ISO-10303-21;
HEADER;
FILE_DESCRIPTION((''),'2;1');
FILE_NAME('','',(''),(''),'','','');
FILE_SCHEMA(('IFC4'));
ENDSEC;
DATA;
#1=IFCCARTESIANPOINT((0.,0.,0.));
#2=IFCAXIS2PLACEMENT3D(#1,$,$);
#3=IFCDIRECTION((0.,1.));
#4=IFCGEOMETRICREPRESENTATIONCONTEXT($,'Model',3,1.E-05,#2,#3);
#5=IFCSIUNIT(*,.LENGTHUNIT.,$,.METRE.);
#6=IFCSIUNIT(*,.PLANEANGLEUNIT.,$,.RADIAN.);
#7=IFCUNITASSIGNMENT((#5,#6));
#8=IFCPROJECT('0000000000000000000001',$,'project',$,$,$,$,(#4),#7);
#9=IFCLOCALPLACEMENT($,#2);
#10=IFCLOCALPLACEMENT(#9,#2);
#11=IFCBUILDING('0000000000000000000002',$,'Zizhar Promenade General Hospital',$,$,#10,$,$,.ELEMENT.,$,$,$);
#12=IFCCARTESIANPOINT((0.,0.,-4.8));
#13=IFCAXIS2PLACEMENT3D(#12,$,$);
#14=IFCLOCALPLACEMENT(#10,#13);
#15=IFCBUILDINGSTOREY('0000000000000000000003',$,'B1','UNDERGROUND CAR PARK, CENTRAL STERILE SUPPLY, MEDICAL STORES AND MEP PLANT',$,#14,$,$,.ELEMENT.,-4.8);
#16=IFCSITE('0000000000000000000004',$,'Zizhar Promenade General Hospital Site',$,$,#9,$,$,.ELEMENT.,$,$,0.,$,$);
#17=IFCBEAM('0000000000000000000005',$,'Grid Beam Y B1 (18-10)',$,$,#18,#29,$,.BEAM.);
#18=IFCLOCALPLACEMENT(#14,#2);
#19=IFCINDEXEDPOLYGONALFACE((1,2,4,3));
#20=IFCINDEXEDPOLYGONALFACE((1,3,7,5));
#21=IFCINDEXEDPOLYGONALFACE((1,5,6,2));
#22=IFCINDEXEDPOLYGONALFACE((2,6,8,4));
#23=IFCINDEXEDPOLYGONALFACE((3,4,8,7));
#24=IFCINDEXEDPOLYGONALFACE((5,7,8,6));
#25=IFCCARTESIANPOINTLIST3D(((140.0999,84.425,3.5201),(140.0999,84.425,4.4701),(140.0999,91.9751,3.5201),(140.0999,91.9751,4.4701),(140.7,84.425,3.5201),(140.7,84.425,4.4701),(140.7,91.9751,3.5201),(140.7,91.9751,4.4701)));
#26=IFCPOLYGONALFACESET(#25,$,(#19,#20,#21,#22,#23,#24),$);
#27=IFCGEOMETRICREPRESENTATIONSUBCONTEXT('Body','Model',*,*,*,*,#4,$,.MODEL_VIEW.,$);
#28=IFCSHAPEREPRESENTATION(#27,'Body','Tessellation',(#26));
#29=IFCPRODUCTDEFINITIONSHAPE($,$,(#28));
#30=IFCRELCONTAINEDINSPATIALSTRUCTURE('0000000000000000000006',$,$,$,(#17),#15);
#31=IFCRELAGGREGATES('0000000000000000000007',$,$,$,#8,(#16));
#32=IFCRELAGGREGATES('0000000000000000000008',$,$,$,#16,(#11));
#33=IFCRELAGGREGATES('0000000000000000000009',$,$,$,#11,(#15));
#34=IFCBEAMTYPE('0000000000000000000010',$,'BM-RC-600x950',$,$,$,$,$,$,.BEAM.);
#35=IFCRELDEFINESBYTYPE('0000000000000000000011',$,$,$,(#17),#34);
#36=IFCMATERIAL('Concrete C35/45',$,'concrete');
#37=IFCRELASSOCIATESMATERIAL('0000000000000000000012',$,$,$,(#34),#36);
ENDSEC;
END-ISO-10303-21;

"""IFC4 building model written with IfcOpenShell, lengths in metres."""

from ifc_helpers import new_model, si_unit, direction, frame, origin, origin_2d, place, context, subcontext, project, spatial, rectangle, extrude, material, material_profile, profile_set, type_object, element, save


model = new_model("IFC4")

# Units and contexts
model_context = context("Model", 3, precision=1e-05, world=origin(), true_north=direction((0.0, 1.0)))
body_context = subcontext(model_context, "Body", "Model", "MODEL_VIEW")
ifc_project = project(units=[si_unit("LENGTHUNIT", "METRE"), si_unit("PLANEANGLEUNIT", "RADIAN")], contexts=[model_context])

# Site, building, storey
site_placement = place(None, origin())
site = spatial("IfcSite", under=ifc_project, at=site_placement, Name="Zizhar Promenade General Hospital Site", CompositionType="ELEMENT", RefElevation=0.0)
building_placement = place(site_placement, origin())
building = spatial("IfcBuilding", under=site, at=building_placement, Name="Zizhar Promenade General Hospital", CompositionType="ELEMENT")
storey_placement = place(building_placement, frame((0.0, 0.0, -4.8)))
storey = spatial("IfcBuildingStorey", under=building, at=storey_placement, Name="B1", Description="UNDERGROUND CAR PARK, CENTRAL STERILE SUPPLY, MEDICAL STORES AND MEP PLANT", CompositionType="ELEMENT", Elevation=-4.8)

# Beam
ifc_material_1 = material(Name="Concrete C35/45", Category="concrete")
ifc_material_profile_1 = material_profile(ifc_material_1, rectangle(XDim=0.6001, YDim=0.95, at=origin_2d()))
ifc_profile_set_1 = profile_set([ifc_material_profile_1], Name="Concrete C35/45")
beam_type_1 = type_object("IfcBeamType", Name="BM-RC-600x950", PredefinedType="BEAM", material=ifc_profile_set_1)
beam_placement = place(storey_placement, frame((140.3999, 84.425, 3.9951), z_axis=(0.0, 1.0, 0.0), x_axis=(-1.0, 0.0, 0.0)))
element("IfcBeam", 1, at=beam_placement, inside=storey, type_object=beam_type_1, Name="Grid Beam Y B1 (18-10)", PredefinedType="BEAM", context=body_context, shape_type="SweptSolid", body=[
    extrude(rectangle(XDim=0.6001, YDim=0.95, at=origin_2d()), origin(), (0.0, 0.0, 1.0), 7.55),
])

save(model, "model.ifc")
